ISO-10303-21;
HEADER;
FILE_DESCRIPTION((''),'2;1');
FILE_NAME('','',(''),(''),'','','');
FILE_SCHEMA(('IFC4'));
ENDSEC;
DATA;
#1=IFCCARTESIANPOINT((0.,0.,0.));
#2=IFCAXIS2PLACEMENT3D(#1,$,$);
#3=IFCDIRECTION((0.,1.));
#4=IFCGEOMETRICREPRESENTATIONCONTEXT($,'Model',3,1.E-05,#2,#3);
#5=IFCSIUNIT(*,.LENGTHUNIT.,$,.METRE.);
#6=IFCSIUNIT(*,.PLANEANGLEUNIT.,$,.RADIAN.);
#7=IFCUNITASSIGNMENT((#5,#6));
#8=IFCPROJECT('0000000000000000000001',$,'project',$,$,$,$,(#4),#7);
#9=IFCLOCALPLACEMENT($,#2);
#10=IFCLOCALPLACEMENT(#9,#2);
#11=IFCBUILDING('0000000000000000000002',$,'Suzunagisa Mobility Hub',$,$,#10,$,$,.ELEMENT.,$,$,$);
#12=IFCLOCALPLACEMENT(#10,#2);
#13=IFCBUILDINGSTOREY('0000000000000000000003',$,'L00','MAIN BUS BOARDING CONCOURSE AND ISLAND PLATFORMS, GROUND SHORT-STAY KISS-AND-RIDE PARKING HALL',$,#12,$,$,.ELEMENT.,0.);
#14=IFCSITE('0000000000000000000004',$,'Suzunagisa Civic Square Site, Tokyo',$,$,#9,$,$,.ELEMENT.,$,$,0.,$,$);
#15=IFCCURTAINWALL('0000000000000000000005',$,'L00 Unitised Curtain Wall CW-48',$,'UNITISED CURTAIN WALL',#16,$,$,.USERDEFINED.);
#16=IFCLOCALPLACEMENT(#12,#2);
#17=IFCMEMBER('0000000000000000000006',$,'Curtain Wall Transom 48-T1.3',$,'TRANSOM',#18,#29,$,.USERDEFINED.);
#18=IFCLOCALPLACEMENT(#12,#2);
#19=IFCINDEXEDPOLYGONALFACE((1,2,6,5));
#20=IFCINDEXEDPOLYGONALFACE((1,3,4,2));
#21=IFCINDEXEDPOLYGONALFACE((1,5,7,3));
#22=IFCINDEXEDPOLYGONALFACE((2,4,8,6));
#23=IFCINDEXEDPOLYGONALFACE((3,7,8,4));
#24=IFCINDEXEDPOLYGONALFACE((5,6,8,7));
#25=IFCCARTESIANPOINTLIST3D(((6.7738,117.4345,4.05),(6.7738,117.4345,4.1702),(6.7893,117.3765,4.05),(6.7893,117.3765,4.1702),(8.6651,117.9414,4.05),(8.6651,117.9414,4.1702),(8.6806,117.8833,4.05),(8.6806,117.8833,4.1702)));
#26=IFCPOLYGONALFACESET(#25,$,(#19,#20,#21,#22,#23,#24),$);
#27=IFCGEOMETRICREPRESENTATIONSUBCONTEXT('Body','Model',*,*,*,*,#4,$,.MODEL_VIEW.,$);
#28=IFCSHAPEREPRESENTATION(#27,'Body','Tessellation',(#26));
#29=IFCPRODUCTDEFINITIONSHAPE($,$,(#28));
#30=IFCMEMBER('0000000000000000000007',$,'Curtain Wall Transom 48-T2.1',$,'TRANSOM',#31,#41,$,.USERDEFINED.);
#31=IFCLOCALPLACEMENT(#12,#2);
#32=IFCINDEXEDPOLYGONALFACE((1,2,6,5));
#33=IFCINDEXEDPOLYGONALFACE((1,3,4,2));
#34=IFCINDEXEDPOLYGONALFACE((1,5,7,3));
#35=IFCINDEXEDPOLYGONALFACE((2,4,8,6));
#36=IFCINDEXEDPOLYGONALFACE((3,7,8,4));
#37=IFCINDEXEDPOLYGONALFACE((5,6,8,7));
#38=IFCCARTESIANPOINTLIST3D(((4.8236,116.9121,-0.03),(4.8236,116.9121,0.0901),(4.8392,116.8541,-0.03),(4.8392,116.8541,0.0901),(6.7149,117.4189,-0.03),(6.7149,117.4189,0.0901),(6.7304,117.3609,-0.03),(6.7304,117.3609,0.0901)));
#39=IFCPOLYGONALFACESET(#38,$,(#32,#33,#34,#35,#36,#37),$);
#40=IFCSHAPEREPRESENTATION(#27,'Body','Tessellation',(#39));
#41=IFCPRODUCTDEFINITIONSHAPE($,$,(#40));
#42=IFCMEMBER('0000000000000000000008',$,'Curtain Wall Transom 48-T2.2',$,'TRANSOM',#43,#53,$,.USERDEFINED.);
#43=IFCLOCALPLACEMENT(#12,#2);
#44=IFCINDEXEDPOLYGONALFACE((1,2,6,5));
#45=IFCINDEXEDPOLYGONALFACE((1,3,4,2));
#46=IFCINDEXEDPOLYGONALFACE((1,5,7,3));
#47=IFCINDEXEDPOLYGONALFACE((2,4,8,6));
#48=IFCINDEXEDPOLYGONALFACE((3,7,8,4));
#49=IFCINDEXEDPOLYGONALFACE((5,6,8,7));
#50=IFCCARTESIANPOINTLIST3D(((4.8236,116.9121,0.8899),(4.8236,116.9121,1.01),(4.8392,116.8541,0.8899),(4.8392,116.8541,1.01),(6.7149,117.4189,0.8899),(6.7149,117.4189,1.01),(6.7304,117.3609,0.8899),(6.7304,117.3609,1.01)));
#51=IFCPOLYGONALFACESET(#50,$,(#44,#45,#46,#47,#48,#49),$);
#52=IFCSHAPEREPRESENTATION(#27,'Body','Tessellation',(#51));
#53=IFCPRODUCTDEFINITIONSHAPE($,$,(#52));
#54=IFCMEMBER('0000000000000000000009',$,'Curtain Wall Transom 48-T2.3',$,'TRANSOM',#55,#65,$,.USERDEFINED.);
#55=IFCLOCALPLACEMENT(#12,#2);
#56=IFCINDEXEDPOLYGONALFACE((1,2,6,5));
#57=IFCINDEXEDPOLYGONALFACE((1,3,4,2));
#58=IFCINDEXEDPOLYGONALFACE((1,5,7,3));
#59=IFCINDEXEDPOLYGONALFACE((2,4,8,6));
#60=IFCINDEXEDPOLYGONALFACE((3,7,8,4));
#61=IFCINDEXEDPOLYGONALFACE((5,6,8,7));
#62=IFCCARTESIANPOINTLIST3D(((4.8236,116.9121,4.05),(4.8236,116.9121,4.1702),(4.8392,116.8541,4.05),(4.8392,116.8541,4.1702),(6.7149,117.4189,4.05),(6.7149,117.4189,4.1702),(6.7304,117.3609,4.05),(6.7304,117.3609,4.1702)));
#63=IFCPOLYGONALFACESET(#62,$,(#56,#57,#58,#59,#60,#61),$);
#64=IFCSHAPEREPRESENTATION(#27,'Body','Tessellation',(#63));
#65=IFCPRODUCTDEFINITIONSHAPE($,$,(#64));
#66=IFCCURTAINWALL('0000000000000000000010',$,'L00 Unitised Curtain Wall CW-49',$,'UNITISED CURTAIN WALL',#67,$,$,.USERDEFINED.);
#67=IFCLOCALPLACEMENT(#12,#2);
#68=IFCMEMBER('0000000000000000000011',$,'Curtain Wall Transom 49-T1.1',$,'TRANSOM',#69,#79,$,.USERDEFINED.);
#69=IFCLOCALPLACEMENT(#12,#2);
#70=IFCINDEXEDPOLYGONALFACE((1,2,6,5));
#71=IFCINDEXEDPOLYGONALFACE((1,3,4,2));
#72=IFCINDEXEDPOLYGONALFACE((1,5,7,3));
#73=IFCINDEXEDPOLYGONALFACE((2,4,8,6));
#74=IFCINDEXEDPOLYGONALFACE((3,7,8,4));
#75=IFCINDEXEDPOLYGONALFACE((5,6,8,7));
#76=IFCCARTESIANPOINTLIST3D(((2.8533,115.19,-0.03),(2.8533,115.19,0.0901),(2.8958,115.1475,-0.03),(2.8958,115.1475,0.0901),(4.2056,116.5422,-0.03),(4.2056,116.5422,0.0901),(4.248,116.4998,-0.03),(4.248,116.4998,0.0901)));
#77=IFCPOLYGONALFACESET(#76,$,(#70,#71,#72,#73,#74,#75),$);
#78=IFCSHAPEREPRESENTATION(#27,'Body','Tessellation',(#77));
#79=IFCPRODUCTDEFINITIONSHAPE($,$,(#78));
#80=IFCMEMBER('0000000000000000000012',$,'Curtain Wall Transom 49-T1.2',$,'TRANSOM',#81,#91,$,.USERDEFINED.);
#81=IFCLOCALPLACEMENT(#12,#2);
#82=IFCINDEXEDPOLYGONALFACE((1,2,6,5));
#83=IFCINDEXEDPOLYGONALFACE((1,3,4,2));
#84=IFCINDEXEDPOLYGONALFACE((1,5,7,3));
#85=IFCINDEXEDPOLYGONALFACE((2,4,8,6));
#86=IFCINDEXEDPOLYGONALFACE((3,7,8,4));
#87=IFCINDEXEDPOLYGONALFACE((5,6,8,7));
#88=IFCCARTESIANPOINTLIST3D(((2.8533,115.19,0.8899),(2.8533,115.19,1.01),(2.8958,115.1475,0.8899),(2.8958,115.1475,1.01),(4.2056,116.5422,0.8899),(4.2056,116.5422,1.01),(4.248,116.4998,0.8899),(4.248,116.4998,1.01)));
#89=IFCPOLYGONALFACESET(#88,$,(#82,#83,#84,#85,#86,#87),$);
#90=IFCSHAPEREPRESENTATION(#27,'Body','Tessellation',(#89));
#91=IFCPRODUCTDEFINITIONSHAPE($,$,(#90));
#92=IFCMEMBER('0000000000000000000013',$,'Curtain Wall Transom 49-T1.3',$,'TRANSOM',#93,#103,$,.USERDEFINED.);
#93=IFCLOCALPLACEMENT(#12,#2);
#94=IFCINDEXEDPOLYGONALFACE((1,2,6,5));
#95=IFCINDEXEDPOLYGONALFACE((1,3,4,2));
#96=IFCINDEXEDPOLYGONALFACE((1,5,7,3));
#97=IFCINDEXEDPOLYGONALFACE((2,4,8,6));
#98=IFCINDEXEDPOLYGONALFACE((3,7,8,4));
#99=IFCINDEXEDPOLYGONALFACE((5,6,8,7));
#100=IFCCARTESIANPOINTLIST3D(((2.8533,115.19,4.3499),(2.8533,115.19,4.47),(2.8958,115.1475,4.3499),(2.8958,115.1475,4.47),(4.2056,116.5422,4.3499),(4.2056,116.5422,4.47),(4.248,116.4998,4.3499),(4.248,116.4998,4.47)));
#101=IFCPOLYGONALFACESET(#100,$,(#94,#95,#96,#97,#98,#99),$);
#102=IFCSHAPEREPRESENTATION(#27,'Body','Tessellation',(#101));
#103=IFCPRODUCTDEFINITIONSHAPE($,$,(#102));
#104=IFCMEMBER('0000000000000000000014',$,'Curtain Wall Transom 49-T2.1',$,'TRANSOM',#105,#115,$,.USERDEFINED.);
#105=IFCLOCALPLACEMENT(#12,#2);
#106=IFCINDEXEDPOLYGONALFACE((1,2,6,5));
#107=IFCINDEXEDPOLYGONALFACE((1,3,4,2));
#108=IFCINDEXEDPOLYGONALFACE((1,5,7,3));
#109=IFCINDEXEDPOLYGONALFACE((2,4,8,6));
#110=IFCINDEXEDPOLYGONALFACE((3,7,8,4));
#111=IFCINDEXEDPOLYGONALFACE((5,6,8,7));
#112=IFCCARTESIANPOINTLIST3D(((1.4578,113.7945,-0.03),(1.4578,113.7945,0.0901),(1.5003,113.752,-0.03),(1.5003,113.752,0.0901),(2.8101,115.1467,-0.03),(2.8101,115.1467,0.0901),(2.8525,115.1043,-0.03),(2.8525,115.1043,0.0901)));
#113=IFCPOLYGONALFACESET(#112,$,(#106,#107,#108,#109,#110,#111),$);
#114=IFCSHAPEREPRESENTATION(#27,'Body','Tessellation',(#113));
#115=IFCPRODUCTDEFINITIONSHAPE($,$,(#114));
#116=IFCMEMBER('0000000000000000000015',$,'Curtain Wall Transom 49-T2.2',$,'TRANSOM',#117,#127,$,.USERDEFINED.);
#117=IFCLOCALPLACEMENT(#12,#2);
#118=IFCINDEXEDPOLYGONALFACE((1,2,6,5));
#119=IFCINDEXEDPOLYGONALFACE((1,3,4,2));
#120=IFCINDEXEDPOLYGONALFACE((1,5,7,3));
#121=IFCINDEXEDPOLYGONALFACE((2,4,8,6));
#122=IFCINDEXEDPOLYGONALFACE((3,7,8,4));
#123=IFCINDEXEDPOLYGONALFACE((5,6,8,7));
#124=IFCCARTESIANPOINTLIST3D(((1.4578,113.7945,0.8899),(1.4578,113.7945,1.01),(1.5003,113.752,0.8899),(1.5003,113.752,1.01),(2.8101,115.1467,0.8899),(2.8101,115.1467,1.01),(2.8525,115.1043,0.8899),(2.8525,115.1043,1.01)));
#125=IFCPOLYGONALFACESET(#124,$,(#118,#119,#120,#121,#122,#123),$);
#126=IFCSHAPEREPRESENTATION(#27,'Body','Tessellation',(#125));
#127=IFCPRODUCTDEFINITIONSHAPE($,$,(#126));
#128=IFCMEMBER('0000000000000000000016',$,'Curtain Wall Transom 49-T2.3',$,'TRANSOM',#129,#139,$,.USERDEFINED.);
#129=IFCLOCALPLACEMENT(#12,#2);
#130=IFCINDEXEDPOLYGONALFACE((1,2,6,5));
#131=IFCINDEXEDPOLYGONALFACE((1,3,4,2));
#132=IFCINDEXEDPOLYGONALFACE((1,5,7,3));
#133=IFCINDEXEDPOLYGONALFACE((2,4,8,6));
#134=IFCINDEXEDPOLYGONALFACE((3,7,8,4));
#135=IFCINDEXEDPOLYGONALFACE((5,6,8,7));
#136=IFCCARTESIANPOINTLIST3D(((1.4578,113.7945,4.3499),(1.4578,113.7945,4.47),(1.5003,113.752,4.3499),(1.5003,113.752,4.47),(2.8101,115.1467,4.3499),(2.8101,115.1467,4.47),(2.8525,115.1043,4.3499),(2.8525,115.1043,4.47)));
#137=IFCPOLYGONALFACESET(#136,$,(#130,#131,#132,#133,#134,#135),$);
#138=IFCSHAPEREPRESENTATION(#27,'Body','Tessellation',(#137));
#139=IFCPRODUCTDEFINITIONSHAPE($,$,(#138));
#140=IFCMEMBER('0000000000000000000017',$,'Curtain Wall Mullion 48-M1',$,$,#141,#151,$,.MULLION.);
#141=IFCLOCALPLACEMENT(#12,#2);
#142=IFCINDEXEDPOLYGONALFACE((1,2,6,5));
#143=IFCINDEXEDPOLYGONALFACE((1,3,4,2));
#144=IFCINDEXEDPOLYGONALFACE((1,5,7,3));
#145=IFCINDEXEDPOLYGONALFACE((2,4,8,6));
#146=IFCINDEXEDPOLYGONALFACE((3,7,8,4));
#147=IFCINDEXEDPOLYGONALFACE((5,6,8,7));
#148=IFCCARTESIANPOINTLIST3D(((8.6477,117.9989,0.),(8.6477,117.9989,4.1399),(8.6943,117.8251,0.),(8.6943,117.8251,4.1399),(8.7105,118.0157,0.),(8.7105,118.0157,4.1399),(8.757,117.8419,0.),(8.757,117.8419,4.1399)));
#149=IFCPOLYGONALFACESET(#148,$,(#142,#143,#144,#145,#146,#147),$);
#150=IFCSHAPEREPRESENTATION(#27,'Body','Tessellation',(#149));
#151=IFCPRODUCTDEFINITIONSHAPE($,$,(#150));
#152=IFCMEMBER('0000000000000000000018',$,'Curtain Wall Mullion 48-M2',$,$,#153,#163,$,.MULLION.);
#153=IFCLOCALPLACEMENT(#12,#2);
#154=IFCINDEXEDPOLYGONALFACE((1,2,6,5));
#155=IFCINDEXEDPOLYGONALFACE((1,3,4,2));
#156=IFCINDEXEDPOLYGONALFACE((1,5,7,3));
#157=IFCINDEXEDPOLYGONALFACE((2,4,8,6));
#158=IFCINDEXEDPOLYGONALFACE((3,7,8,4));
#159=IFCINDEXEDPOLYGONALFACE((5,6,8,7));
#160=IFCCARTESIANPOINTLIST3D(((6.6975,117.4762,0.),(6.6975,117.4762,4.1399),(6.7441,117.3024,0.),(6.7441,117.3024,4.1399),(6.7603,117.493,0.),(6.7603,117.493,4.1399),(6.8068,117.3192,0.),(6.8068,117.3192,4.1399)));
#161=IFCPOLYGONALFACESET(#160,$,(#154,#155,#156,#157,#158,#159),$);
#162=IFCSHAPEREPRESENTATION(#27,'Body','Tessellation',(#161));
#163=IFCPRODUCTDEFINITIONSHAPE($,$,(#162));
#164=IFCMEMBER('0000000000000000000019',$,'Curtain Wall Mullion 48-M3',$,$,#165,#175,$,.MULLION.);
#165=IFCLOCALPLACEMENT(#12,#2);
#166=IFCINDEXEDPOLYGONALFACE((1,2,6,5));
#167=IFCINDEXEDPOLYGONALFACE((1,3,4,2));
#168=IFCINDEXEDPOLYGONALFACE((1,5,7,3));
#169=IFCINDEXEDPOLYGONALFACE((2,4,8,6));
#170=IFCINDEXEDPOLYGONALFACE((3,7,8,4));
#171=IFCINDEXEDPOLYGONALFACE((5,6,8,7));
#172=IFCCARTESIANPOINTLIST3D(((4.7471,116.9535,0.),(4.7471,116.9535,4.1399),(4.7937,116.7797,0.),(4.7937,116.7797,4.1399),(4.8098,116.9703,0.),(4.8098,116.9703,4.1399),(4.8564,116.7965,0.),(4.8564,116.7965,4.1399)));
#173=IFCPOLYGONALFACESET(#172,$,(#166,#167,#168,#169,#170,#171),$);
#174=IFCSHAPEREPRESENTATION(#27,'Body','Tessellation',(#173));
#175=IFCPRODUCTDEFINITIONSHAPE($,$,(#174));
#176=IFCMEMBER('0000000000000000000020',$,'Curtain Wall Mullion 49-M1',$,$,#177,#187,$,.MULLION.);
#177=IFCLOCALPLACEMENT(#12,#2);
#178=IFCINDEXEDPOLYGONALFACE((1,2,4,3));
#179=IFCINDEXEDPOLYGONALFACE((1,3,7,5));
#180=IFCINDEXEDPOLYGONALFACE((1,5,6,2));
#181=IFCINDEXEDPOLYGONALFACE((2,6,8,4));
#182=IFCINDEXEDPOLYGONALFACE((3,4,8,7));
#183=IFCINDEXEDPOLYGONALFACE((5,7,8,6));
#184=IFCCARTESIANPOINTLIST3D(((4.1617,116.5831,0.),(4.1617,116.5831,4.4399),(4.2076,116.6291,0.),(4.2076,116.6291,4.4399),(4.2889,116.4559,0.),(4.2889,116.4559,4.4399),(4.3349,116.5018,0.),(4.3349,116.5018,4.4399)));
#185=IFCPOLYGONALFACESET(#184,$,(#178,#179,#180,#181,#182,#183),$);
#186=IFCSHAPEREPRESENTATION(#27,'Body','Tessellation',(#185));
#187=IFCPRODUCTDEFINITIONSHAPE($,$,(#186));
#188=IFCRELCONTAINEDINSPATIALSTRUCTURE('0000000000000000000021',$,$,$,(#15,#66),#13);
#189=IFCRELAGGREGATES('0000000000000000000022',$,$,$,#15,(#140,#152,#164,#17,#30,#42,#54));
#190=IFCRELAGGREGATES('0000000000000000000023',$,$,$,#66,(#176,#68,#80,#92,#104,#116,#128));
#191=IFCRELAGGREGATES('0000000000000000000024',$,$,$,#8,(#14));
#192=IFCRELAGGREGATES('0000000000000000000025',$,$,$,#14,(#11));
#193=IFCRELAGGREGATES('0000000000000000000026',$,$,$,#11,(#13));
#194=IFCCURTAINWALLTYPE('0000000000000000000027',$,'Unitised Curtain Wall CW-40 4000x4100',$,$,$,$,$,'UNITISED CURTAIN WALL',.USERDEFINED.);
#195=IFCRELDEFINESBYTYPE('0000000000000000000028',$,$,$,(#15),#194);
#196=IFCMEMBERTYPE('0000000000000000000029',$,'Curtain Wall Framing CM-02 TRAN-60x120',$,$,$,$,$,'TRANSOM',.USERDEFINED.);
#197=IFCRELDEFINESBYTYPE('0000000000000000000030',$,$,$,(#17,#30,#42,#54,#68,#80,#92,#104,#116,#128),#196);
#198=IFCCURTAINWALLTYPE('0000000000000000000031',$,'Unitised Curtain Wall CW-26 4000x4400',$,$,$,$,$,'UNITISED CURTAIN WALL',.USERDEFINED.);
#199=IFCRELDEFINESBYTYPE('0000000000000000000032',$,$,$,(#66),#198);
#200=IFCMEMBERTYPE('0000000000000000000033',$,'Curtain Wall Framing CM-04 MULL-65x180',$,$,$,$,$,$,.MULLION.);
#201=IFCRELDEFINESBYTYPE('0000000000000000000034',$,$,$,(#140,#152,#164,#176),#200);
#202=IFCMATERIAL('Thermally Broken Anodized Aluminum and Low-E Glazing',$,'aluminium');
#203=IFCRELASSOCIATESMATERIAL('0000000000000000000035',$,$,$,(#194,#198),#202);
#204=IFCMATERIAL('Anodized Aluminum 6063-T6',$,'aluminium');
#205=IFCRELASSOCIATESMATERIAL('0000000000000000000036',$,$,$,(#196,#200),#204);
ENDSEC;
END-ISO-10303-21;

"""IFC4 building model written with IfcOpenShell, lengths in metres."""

from ifc_helpers import new_model, si_unit, direction, frame, origin, origin_2d, place, context, subcontext, project, spatial, rectangle, extrude, material, material_profile, profile_set, type_object, element, aggregate, save


model = new_model("IFC4")

# Units and contexts
model_context = context("Model", 3, precision=1e-05, world=origin(), true_north=direction((0.0, 1.0)))
body_context = subcontext(model_context, "Body", "Model", "MODEL_VIEW")
ifc_project = project(units=[si_unit("LENGTHUNIT", "METRE"), si_unit("PLANEANGLEUNIT", "RADIAN")], contexts=[model_context])

# Site, building, storey
site_placement = place(None, origin())
site = spatial("IfcSite", under=ifc_project, at=site_placement, Name="Suzunagisa Civic Square Site, Tokyo", CompositionType="ELEMENT", RefElevation=0.0)
building_placement = place(site_placement, origin())
building = spatial("IfcBuilding", under=site, at=building_placement, Name="Suzunagisa Mobility Hub", CompositionType="ELEMENT")
storey_placement = place(building_placement, origin())
storey = spatial("IfcBuildingStorey", under=building, at=storey_placement, Name="L00", Description="MAIN BUS BOARDING CONCOURSE AND ISLAND PLATFORMS, GROUND SHORT-STAY KISS-AND-RIDE PARKING HALL", CompositionType="ELEMENT", Elevation=0.0)

# Curtain walls, members
ifc_material_1 = material(Name="Thermally Broken Anodized Aluminum and Low-E Glazing", Category="aluminium")
curtain_wall_type_1 = type_object("IfcCurtainWallType", Name="Unitised Curtain Wall CW-40 4000x4100", ElementType="UNITISED CURTAIN WALL", PredefinedType="USERDEFINED", material=ifc_material_1)
curtain_wall_1_placement = place(storey_placement, origin())
curtain_wall_1 = element("IfcCurtainWall", 1, at=curtain_wall_1_placement, inside=storey, type_object=curtain_wall_type_1, Name="L00 Unitised Curtain Wall CW-48", ObjectType="UNITISED CURTAIN WALL", PredefinedType="USERDEFINED")
ifc_material_2 = material(Name="Anodized Aluminum 6063-T6", Category="aluminium")
ifc_material_profile_1 = material_profile(ifc_material_2, rectangle(XDim=0.0601, YDim=0.1201, at=origin_2d()), Name="TRAN-60x120")
ifc_profile_set_1 = profile_set([ifc_material_profile_1], Name="Anodized Aluminum 6063-T6")
member_type_1 = type_object("IfcMemberType", Name="Curtain Wall Framing CM-02 TRAN-60x120", ElementType="TRANSOM", PredefinedType="USERDEFINED", material=ifc_profile_set_1)
member_1_placement = place(storey_placement, frame((8.6729, 117.9124, 4.1101), z_axis=(-0.96592, -0.258842, 0.0), x_axis=(0.258842, -0.96592, 0.0)))
member_1 = element("IfcMember", 2, at=member_1_placement, type_object=member_type_1, Name="Curtain Wall Transom 48-T1.3", ObjectType="TRANSOM", PredefinedType="USERDEFINED", context=body_context, shape_type="SweptSolid", body=[
    extrude(rectangle(XDim=0.0601, YDim=0.1201, at=origin_2d()), origin(), (0.0, 0.0, 1.0), 1.958),
])
member_2_placement = place(storey_placement, frame((6.7227, 117.3899, 0.03), z_axis=(-0.96592, -0.258842, 0.0), x_axis=(0.258842, -0.96592, 0.0)))
member_2 = element("IfcMember", 3, at=member_2_placement, type_object=member_type_1, Name="Curtain Wall Transom 48-T2.1", ObjectType="TRANSOM", PredefinedType="USERDEFINED", context=body_context, shape_type="SweptSolid", body=[
    extrude(rectangle(XDim=0.0601, YDim=0.1201, at=origin_2d()), origin(), (0.0, 0.0, 1.0), 1.958),
])
member_3_placement = place(storey_placement, frame((6.7227, 117.3899, 0.95), z_axis=(-0.96592, -0.258842, 0.0), x_axis=(0.258842, -0.96592, 0.0)))
member_3 = element("IfcMember", 4, at=member_3_placement, type_object=member_type_1, Name="Curtain Wall Transom 48-T2.2", ObjectType="TRANSOM", PredefinedType="USERDEFINED", context=body_context, shape_type="SweptSolid", body=[
    extrude(rectangle(XDim=0.0601, YDim=0.1201, at=origin_2d()), origin(), (0.0, 0.0, 1.0), 1.958),
])
member_4_placement = place(storey_placement, frame((6.7227, 117.3899, 4.1101), z_axis=(-0.96592, -0.258842, 0.0), x_axis=(0.258842, -0.96592, 0.0)))
member_4 = element("IfcMember", 5, at=member_4_placement, type_object=member_type_1, Name="Curtain Wall Transom 48-T2.3", ObjectType="TRANSOM", PredefinedType="USERDEFINED", context=body_context, shape_type="SweptSolid", body=[
    extrude(rectangle(XDim=0.0601, YDim=0.1201, at=origin_2d()), origin(), (0.0, 0.0, 1.0), 1.958),
])
curtain_wall_type_2 = type_object("IfcCurtainWallType", Name="Unitised Curtain Wall CW-26 4000x4400", ElementType="UNITISED CURTAIN WALL", PredefinedType="USERDEFINED", material=ifc_material_1)
curtain_wall_2_placement = place(storey_placement, origin())
curtain_wall_2 = element("IfcCurtainWall", 6, at=curtain_wall_2_placement, inside=storey, type_object=curtain_wall_type_2, Name="L00 Unitised Curtain Wall CW-49", ObjectType="UNITISED CURTAIN WALL", PredefinedType="USERDEFINED")
member_5_placement = place(storey_placement, frame((4.2268, 116.521, 0.03), z_axis=(-0.707107, -0.707107, 0.0), x_axis=(0.707107, -0.707107, 0.0)))
member_5 = element("IfcMember", 7, at=member_5_placement, type_object=member_type_1, Name="Curtain Wall Transom 49-T1.1", ObjectType="TRANSOM", PredefinedType="USERDEFINED", context=body_context, shape_type="SweptSolid", body=[
    extrude(rectangle(XDim=0.0601, YDim=0.1201, at=origin_2d()), origin(), (0.0, 0.0, 1.0), 1.9124),
])
member_6_placement = place(storey_placement, frame((4.2268, 116.521, 0.95), z_axis=(-0.707107, -0.707107, 0.0), x_axis=(0.707107, -0.707107, 0.0)))
member_6 = element("IfcMember", 8, at=member_6_placement, type_object=member_type_1, Name="Curtain Wall Transom 49-T1.2", ObjectType="TRANSOM", PredefinedType="USERDEFINED", context=body_context, shape_type="SweptSolid", body=[
    extrude(rectangle(XDim=0.0601, YDim=0.1201, at=origin_2d()), origin(), (0.0, 0.0, 1.0), 1.9124),
])
member_7_placement = place(storey_placement, frame((4.2268, 116.521, 4.4099), z_axis=(-0.707107, -0.707107, 0.0), x_axis=(0.707107, -0.707107, 0.0)))
member_7 = element("IfcMember", 9, at=member_7_placement, type_object=member_type_1, Name="Curtain Wall Transom 49-T1.3", ObjectType="TRANSOM", PredefinedType="USERDEFINED", context=body_context, shape_type="SweptSolid", body=[
    extrude(rectangle(XDim=0.0601, YDim=0.1201, at=origin_2d()), origin(), (0.0, 0.0, 1.0), 1.9124),
])
member_8_placement = place(storey_placement, frame((2.8313, 115.1255, 0.03), z_axis=(-0.707107, -0.707107, 0.0), x_axis=(0.707107, -0.707107, 0.0)))
member_8 = element("IfcMember", 10, at=member_8_placement, type_object=member_type_1, Name="Curtain Wall Transom 49-T2.1", ObjectType="TRANSOM", PredefinedType="USERDEFINED", context=body_context, shape_type="SweptSolid", body=[
    extrude(rectangle(XDim=0.0601, YDim=0.1201, at=origin_2d()), origin(), (0.0, 0.0, 1.0), 1.9124),
])
member_9_placement = place(storey_placement, frame((2.8313, 115.1255, 0.95), z_axis=(-0.707107, -0.707107, 0.0), x_axis=(0.707107, -0.707107, 0.0)))
member_9 = element("IfcMember", 11, at=member_9_placement, type_object=member_type_1, Name="Curtain Wall Transom 49-T2.2", ObjectType="TRANSOM", PredefinedType="USERDEFINED", context=body_context, shape_type="SweptSolid", body=[
    extrude(rectangle(XDim=0.0601, YDim=0.1201, at=origin_2d()), origin(), (0.0, 0.0, 1.0), 1.9124),
])
member_10_placement = place(storey_placement, frame((2.8313, 115.1255, 4.4099), z_axis=(-0.707107, -0.707107, 0.0), x_axis=(0.707107, -0.707107, 0.0)))
member_10 = element("IfcMember", 12, at=member_10_placement, type_object=member_type_1, Name="Curtain Wall Transom 49-T2.3", ObjectType="TRANSOM", PredefinedType="USERDEFINED", context=body_context, shape_type="SweptSolid", body=[
    extrude(rectangle(XDim=0.0601, YDim=0.1201, at=origin_2d()), origin(), (0.0, 0.0, 1.0), 1.9124),
])

# Members
ifc_material_profile_2 = material_profile(ifc_material_2, rectangle(XDim=0.0649, YDim=0.1799, at=origin_2d()), Name="MULL-65x180")
ifc_profile_set_2 = profile_set([ifc_material_profile_2], Name="Anodized Aluminum 6063-T6")
member_type_2 = type_object("IfcMemberType", Name="Curtain Wall Framing CM-04 MULL-65x180", PredefinedType="MULLION", material=ifc_profile_set_2)
member_11_placement = place(storey_placement, frame((8.7024, 117.9204, 0.0), z_axis=(0.0, 0.0, 1.0), x_axis=(-0.965925, -0.258821, 0.0)))
member_11 = element("IfcMember", 13, at=member_11_placement, type_object=member_type_2, Name="Curtain Wall Mullion 48-M1", PredefinedType="MULLION", context=body_context, shape_type="SweptSolid", body=[
    extrude(rectangle(XDim=0.0649, YDim=0.1799, at=origin_2d()), origin(), (0.0, 0.0, 1.0), 4.1399),
])
member_12_placement = place(storey_placement, frame((6.7522, 117.3977, 0.0), z_axis=(0.0, 0.0, 1.0), x_axis=(-0.965925, -0.258821, 0.0)))
member_12 = element("IfcMember", 14, at=member_12_placement, type_object=member_type_2, Name="Curtain Wall Mullion 48-M2", PredefinedType="MULLION", context=body_context, shape_type="SweptSolid", body=[
    extrude(rectangle(XDim=0.0649, YDim=0.1799, at=origin_2d()), origin(), (0.0, 0.0, 1.0), 4.1399),
])
member_13_placement = place(storey_placement, frame((4.8018, 116.875, 0.0), z_axis=(0.0, 0.0, 1.0), x_axis=(-0.965925, -0.258821, 0.0)))
member_13 = element("IfcMember", 15, at=member_13_placement, type_object=member_type_2, Name="Curtain Wall Mullion 48-M3", PredefinedType="MULLION", context=body_context, shape_type="SweptSolid", body=[
    extrude(rectangle(XDim=0.0649, YDim=0.1799, at=origin_2d()), origin(), (0.0, 0.0, 1.0), 4.1399),
])
member_14_placement = place(storey_placement, frame((4.2483, 116.5425, 0.0), z_axis=(0.0, 0.0, 1.0), x_axis=(-0.707107, -0.707107, 0.0)))
member_14 = element("IfcMember", 16, at=member_14_placement, type_object=member_type_2, Name="Curtain Wall Mullion 49-M1", PredefinedType="MULLION", context=body_context, shape_type="SweptSolid", body=[
    extrude(rectangle(XDim=0.0649, YDim=0.1799, at=origin_2d()), origin(), (0.0, 0.0, 1.0), 4.4399),
])

aggregate(curtain_wall_1, [member_11, member_12, member_13, member_1, member_2, member_3, member_4])
aggregate(curtain_wall_2, [member_14, member_5, member_6, member_7, member_8, member_9, member_10])

save(model, "model.ifc")
